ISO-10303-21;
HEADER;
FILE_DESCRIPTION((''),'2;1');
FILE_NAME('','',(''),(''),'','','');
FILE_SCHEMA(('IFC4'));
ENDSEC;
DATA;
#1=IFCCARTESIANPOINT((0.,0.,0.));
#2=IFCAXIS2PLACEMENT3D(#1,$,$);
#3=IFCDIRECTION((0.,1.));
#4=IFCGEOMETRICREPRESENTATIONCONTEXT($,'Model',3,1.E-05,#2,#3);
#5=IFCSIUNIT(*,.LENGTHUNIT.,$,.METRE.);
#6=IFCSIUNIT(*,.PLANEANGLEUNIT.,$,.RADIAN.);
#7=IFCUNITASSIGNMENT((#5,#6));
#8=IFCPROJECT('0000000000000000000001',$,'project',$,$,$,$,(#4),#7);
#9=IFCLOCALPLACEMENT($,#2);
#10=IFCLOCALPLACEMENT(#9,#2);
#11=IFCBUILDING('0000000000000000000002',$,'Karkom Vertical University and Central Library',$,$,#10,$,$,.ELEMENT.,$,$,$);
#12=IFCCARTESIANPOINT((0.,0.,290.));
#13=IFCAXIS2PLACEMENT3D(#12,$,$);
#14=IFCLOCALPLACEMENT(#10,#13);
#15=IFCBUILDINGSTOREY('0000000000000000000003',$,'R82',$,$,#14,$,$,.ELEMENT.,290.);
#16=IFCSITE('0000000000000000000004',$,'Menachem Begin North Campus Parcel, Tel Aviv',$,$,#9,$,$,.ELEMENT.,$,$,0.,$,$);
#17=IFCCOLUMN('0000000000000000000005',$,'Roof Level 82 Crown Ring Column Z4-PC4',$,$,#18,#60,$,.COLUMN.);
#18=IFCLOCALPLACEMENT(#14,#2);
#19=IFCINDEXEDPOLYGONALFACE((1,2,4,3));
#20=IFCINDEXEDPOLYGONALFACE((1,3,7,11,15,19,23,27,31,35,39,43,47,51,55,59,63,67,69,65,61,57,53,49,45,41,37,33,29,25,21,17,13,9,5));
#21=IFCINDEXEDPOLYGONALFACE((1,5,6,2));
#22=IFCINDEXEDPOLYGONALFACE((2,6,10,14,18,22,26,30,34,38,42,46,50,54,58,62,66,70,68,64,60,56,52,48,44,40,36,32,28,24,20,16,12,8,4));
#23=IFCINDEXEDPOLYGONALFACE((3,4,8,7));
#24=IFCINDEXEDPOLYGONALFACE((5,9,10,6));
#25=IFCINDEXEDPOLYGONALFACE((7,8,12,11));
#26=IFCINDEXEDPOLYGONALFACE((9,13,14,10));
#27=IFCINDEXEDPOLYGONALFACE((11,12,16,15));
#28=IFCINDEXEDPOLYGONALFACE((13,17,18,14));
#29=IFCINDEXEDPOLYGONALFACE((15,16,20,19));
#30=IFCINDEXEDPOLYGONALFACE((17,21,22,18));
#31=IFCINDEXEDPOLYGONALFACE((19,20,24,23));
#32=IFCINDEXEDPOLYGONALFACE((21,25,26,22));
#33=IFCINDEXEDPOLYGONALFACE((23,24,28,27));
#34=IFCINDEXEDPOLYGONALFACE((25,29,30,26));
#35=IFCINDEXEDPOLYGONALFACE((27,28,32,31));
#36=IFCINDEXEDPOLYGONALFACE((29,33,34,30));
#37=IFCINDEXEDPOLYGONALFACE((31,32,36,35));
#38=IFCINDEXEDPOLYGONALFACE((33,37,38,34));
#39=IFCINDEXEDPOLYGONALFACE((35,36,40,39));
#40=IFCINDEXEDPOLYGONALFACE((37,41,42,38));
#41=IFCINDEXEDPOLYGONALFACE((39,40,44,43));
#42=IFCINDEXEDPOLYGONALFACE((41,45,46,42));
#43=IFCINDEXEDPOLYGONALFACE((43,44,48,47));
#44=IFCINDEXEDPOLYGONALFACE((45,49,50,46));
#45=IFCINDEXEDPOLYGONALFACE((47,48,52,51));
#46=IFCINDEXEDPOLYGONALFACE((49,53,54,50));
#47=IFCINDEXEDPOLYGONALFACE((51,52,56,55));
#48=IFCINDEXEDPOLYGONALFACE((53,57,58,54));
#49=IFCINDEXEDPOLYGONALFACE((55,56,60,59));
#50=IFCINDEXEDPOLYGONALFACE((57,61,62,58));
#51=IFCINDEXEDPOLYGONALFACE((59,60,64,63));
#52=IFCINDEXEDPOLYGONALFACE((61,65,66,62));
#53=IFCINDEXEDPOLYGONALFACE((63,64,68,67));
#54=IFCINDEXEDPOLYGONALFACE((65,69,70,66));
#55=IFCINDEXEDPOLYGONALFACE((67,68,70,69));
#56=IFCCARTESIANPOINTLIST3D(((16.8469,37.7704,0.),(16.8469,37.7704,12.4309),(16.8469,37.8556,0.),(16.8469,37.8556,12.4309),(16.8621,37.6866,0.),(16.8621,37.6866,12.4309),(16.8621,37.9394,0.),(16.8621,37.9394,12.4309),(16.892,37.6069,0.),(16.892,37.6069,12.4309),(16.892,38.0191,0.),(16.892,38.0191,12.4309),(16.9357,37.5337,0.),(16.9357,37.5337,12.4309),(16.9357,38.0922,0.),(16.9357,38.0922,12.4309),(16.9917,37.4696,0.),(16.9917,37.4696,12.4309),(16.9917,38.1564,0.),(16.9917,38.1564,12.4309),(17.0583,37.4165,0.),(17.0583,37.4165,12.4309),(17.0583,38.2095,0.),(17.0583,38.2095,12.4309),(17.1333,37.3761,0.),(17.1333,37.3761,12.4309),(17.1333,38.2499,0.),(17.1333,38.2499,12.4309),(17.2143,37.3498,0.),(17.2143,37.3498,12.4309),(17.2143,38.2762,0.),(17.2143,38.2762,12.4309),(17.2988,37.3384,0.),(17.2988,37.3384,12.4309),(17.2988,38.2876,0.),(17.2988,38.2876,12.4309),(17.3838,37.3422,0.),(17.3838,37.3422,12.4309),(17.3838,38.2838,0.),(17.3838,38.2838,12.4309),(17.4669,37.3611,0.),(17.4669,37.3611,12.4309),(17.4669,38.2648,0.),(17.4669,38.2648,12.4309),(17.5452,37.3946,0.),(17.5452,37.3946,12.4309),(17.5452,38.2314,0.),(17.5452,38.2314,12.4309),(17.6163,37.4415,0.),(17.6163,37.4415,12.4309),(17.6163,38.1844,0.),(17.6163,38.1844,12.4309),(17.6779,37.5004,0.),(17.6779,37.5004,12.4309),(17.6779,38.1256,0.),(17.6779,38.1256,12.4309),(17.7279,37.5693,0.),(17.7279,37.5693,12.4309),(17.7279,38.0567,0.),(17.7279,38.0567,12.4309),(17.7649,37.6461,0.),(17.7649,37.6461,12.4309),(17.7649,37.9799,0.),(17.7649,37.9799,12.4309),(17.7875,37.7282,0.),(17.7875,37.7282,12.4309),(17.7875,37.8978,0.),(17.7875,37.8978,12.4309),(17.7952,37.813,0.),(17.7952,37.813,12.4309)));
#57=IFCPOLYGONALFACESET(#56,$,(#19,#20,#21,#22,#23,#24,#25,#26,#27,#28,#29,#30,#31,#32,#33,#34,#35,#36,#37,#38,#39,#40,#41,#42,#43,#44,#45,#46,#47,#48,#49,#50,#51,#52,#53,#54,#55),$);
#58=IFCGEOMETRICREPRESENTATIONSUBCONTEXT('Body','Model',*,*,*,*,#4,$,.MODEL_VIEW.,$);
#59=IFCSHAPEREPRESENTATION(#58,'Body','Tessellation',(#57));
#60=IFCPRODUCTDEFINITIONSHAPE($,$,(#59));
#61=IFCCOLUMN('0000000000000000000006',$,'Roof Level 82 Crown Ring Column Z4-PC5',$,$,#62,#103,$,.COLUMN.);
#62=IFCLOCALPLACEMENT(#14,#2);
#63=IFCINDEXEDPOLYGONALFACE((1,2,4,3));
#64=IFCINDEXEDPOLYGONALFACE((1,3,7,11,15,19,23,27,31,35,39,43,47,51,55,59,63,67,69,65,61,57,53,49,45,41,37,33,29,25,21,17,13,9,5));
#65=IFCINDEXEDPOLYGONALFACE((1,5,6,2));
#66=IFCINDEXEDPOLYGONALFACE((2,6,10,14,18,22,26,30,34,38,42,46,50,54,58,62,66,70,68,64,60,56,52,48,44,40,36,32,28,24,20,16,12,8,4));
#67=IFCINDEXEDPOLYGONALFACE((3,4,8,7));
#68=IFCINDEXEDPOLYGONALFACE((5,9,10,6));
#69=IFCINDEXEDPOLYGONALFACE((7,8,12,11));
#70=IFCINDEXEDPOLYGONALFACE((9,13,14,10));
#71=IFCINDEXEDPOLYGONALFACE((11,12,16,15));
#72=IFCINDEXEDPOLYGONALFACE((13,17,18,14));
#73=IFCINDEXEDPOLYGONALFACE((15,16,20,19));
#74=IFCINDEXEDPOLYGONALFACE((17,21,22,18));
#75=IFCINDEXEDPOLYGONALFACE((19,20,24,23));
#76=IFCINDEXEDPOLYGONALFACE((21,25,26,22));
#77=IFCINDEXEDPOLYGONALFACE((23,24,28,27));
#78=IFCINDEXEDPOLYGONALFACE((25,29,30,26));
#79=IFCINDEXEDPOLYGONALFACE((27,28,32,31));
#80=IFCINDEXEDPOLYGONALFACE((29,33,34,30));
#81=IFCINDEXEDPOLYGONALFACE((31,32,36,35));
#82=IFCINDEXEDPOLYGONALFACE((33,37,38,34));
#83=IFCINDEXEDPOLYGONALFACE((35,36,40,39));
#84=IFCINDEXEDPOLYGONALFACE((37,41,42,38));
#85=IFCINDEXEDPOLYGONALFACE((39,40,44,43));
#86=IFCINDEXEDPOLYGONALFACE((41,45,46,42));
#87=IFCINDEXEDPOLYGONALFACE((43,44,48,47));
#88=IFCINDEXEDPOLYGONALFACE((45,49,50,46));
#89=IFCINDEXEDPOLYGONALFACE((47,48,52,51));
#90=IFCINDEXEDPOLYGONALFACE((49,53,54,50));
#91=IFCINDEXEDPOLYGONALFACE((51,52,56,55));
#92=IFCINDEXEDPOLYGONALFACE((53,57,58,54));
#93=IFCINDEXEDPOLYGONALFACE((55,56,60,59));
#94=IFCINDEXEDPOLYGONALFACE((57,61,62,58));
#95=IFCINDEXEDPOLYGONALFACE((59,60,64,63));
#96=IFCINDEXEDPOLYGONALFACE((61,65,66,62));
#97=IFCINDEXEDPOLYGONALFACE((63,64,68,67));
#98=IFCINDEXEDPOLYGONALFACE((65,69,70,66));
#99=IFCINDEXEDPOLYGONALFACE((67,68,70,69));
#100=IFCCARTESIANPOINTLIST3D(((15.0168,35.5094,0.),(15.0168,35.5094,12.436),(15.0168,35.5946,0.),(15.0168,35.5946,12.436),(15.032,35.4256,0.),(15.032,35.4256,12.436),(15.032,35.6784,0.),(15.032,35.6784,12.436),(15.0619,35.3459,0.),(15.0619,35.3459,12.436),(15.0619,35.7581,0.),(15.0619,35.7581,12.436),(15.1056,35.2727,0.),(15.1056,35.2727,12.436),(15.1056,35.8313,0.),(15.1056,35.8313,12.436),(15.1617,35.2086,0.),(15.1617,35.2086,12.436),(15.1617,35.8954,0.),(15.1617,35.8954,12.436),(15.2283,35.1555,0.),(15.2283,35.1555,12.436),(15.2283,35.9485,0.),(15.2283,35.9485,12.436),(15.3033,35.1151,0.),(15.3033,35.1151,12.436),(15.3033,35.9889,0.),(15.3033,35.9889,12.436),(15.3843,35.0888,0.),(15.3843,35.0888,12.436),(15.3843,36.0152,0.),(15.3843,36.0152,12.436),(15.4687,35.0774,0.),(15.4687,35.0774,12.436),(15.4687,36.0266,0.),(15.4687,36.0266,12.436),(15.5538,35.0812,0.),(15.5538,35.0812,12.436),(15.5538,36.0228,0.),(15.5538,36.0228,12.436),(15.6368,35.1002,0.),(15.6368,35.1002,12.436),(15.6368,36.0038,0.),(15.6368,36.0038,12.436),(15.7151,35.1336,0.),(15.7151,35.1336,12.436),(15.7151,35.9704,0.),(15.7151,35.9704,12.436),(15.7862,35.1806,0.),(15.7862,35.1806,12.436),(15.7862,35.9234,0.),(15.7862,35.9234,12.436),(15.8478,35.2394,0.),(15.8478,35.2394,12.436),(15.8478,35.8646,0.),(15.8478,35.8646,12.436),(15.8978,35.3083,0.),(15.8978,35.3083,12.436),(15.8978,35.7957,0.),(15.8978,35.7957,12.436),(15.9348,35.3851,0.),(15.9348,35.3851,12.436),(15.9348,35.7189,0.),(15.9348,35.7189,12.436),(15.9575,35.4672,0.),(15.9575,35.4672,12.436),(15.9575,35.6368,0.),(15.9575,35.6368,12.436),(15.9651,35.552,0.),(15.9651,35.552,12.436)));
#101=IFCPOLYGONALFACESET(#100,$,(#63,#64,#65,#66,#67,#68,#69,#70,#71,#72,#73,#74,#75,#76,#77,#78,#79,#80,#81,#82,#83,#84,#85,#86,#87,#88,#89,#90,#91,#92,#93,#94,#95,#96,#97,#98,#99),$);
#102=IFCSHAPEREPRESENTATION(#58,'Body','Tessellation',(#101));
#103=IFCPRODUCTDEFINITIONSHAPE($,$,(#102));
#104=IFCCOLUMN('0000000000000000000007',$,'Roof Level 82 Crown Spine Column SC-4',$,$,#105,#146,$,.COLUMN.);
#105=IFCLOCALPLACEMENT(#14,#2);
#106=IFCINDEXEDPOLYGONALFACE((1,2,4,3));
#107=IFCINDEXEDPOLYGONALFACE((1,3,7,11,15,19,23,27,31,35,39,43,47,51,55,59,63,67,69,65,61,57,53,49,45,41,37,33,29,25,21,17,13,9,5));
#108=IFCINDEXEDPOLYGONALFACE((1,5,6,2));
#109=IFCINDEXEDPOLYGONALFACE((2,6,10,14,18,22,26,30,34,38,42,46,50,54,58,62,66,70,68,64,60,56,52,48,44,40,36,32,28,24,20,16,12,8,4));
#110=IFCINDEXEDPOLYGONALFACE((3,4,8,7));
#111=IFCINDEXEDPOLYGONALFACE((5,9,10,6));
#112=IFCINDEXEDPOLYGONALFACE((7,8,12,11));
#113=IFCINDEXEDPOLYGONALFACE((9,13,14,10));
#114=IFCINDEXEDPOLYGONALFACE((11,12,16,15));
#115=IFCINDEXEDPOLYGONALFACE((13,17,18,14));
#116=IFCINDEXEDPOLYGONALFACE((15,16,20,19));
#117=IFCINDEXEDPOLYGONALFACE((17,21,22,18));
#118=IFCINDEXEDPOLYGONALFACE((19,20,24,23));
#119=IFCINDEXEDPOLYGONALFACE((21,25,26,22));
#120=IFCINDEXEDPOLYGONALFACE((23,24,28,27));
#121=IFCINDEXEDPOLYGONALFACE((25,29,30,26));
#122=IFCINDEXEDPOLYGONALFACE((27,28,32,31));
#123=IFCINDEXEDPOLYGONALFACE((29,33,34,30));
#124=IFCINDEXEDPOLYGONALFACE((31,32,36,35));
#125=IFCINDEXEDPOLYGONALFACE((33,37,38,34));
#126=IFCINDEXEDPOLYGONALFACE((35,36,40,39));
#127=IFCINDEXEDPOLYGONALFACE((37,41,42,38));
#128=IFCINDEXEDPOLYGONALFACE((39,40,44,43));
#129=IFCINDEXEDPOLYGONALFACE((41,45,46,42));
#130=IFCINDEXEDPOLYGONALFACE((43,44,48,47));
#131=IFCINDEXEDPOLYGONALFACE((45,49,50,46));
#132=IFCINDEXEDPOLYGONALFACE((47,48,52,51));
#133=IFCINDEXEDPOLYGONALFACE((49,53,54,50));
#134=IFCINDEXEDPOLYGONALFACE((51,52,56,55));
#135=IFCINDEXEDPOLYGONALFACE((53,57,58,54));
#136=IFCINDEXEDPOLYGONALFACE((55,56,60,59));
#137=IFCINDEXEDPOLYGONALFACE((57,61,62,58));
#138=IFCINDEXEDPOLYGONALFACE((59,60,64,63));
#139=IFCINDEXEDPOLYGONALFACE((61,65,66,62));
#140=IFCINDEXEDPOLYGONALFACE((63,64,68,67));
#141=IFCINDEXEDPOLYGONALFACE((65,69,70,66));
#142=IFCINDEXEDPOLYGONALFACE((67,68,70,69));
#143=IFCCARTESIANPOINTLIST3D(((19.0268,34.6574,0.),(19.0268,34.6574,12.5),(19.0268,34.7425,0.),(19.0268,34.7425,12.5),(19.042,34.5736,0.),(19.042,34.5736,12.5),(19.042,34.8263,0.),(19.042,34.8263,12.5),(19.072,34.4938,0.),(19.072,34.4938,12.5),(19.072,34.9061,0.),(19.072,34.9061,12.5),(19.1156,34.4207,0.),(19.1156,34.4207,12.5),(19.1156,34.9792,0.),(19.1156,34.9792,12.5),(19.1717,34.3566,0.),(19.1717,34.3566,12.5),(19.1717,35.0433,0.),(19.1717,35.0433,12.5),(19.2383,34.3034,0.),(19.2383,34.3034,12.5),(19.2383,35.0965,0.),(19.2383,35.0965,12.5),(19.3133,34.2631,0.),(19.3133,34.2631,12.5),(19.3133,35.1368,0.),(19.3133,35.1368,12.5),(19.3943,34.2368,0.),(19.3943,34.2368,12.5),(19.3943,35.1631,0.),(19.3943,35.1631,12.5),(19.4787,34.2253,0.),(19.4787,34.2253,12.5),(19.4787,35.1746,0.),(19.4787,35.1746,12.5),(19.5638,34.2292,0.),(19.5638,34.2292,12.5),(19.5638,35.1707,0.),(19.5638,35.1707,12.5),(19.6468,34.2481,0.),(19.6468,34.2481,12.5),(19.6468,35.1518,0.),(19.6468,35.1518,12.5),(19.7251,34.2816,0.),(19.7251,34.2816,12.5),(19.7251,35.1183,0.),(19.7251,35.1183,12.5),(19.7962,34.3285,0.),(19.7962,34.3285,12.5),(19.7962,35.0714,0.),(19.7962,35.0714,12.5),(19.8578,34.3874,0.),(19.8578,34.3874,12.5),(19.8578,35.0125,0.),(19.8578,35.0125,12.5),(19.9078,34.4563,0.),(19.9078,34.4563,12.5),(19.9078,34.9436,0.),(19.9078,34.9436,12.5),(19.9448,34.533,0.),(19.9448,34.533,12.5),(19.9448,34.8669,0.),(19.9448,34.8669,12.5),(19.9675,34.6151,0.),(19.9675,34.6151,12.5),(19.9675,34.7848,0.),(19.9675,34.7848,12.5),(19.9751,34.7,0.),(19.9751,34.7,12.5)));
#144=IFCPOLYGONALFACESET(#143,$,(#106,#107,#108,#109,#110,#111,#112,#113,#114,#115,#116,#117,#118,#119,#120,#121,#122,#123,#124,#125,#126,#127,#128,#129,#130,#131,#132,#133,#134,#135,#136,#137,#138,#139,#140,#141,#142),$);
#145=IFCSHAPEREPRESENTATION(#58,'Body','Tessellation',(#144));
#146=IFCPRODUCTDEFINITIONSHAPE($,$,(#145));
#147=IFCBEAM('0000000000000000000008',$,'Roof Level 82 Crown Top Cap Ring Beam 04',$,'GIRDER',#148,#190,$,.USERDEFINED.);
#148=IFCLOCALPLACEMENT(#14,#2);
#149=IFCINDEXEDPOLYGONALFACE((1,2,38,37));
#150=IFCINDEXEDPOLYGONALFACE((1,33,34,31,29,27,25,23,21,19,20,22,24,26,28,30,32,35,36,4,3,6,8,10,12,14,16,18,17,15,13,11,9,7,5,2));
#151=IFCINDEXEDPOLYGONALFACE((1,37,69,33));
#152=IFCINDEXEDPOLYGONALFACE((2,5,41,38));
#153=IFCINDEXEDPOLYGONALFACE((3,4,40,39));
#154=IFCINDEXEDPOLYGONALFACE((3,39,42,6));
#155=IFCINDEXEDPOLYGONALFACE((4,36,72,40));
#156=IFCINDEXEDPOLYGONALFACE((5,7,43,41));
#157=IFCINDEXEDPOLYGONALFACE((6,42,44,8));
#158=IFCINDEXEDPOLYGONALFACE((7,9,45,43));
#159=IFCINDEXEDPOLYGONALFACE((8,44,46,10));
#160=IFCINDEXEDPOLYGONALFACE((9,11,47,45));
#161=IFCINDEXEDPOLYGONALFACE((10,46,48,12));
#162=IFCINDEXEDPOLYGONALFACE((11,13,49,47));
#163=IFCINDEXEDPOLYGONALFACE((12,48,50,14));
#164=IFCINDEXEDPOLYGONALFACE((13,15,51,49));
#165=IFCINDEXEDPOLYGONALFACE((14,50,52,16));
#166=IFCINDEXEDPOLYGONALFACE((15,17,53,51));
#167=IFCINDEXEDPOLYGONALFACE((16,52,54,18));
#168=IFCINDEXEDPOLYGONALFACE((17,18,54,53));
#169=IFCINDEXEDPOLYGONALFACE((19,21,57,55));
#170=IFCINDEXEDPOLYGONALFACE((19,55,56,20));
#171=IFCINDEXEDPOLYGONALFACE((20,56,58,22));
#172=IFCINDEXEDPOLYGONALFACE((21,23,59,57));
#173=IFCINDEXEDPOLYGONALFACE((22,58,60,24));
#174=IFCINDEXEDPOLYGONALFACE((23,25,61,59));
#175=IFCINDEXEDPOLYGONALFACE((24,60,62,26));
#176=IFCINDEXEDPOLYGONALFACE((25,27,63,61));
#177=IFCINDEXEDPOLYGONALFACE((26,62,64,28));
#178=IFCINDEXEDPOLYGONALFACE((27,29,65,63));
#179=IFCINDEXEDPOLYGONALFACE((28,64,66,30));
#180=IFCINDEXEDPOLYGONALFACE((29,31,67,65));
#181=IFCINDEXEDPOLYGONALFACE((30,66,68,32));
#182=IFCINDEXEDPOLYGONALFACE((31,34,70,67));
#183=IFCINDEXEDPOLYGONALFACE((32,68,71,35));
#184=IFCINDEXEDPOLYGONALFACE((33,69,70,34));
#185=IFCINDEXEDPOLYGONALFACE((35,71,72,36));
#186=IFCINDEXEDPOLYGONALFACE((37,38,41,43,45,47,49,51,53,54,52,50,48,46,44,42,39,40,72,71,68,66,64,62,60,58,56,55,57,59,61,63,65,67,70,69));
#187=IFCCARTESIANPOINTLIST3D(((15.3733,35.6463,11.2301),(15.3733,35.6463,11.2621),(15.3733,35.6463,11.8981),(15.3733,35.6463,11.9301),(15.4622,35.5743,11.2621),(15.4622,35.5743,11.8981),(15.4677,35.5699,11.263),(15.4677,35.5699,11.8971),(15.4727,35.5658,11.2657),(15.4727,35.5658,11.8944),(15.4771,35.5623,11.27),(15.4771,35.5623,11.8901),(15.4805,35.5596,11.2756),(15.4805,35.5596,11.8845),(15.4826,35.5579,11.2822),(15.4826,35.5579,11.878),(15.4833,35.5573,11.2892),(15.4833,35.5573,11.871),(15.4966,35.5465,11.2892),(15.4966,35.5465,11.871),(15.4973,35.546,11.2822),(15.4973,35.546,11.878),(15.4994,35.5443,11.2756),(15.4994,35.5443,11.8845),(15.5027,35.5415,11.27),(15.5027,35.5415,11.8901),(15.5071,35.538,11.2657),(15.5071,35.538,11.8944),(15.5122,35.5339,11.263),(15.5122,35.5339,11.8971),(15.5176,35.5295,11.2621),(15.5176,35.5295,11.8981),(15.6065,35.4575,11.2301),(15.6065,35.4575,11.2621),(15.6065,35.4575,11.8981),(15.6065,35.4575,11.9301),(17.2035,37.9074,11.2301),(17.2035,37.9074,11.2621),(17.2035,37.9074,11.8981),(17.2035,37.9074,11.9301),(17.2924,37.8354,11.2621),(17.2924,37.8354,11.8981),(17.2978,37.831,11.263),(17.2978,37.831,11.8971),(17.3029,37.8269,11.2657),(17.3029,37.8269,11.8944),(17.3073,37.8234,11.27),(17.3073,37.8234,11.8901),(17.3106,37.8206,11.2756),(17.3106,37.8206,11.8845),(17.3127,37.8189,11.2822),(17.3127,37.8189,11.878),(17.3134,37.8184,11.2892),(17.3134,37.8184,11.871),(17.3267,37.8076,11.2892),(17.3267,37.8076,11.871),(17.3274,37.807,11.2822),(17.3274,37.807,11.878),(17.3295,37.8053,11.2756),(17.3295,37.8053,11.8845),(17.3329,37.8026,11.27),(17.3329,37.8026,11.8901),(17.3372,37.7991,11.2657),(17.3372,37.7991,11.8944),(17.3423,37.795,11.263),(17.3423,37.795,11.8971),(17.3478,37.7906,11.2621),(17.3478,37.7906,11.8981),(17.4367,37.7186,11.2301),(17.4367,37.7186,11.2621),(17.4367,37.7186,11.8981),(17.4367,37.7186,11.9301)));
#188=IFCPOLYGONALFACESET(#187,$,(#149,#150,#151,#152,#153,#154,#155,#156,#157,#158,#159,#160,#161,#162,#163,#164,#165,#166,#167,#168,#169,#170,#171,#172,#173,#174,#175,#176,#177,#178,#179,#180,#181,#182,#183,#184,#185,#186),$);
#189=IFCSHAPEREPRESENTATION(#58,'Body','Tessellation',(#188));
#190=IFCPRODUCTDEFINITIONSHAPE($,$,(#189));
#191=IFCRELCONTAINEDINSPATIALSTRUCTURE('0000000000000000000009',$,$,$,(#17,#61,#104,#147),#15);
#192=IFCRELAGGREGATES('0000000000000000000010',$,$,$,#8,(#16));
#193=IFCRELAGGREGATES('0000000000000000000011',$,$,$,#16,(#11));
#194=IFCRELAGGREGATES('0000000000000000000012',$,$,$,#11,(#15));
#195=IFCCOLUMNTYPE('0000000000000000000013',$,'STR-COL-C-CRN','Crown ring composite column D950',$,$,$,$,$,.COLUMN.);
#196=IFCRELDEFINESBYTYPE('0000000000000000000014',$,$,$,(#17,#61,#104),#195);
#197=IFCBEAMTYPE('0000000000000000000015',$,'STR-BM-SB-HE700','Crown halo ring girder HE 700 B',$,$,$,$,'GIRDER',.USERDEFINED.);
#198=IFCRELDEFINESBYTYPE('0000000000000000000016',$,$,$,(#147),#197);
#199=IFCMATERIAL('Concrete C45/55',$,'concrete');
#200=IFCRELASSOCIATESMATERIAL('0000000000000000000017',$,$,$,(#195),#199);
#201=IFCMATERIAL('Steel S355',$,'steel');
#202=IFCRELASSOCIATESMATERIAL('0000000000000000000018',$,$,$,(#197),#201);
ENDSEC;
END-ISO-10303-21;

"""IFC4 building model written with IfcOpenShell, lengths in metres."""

from ifc_helpers import new_model, si_unit, direction, frame, origin, origin_with_axes, origin_2d, place, context, subcontext, project, spatial, circle, i_section, extrude, source, transform, mapped, material, material_profile, profile_set, type_object, element, save


model = new_model("IFC4")

# Units and contexts
model_context = context("Model", 3, precision=1e-05, world=origin(), true_north=direction((0.0, 1.0)))
body_context = subcontext(model_context, "Body", "Model", "MODEL_VIEW")
ifc_project = project(units=[si_unit("LENGTHUNIT", "METRE"), si_unit("PLANEANGLEUNIT", "RADIAN")], contexts=[model_context])

# Site, building, storey
site_placement = place(None, origin())
site = spatial("IfcSite", under=ifc_project, at=site_placement, Name="Menachem Begin North Campus Parcel, Tel Aviv", CompositionType="ELEMENT", RefElevation=0.0)
building_placement = place(site_placement, origin())
building = spatial("IfcBuilding", under=site, at=building_placement, Name="Karkom Vertical University and Central Library", CompositionType="ELEMENT")
storey_placement = place(building_placement, frame((0.0, 0.0, 290.0)))
storey = spatial("IfcBuildingStorey", under=building, at=storey_placement, Name="R82", CompositionType="ELEMENT", Elevation=290.0)

# Columns
ifc_material_1 = material(Name="Concrete C45/55", Category="concrete")
ifc_material_profile_1 = material_profile(ifc_material_1, circle(Radius=0.4751, at=origin_2d()), Name="CFT-D950")
ifc_profile_set_1 = profile_set([ifc_material_profile_1], Name="Concrete C45/55")
column_type = type_object("IfcColumnType", Name="STR-COL-C-CRN", Description="Crown ring composite column D950", PredefinedType="COLUMN", material=ifc_profile_set_1)
shared_shape_1 = source(origin_with_axes(), body_context, "Body", "SweptSolid", [
    extrude(circle(Radius=0.4751, at=origin_2d()), origin(), (0.0, 0.0, 1.0), 12.4309),
])
column_1_placement = place(storey_placement, frame((17.3201, 37.813, 0.0), z_axis=(0.0, 0.0, 1.0), x_axis=(1.0, 0.0, 0.0)))
element("IfcColumn", 1, at=column_1_placement, inside=storey, type_object=column_type, Name="Roof Level 82 Crown Ring Column Z4-PC4", PredefinedType="COLUMN", context=body_context, shape_type="MappedRepresentation", body=[
    mapped(shared_shape_1, transform((0.0, 0.0, 0.0), scale=1.0)),
])
shared_shape_2 = source(origin_with_axes(), body_context, "Body", "SweptSolid", [
    extrude(circle(Radius=0.4751, at=origin_2d()), origin(), (0.0, 0.0, 1.0), 12.436),
])
column_2_placement = place(storey_placement, frame((15.49, 35.552, 0.0), z_axis=(0.0, 0.0, 1.0), x_axis=(1.0, 0.0, 0.0)))
element("IfcColumn", 2, at=column_2_placement, inside=storey, type_object=column_type, Name="Roof Level 82 Crown Ring Column Z4-PC5", PredefinedType="COLUMN", context=body_context, shape_type="MappedRepresentation", body=[
    mapped(shared_shape_2, transform((0.0, 0.0, 0.0), scale=1.0)),
])
shared_shape_3 = source(origin_with_axes(), body_context, "Body", "SweptSolid", [
    extrude(circle(Radius=0.4751, at=origin_2d()), origin(), (0.0, 0.0, 1.0), 12.5),
])
column_3_placement = place(storey_placement, frame((19.5, 34.7, 0.0), z_axis=(0.0, 0.0, 1.0), x_axis=(1.0, 0.0, 0.0)))
element("IfcColumn", 3, at=column_3_placement, inside=storey, type_object=column_type, Name="Roof Level 82 Crown Spine Column SC-4", PredefinedType="COLUMN", context=body_context, shape_type="MappedRepresentation", body=[
    mapped(shared_shape_3, transform((0.0, 0.0, 0.0), scale=1.0)),
])

# Beam
ifc_material_2 = material(Name="Steel S355", Category="steel")
ifc_material_profile_2 = material_profile(ifc_material_2, i_section(OverallWidth=0.3, OverallDepth=0.7, WebThickness=0.0171, FlangeThickness=0.032, FilletRadius=0.0271, at=origin_2d()), Name="HE 700 B")
ifc_profile_set_2 = profile_set([ifc_material_profile_2], Name="Steel S355")
beam_type = type_object("IfcBeamType", Name="STR-BM-SB-HE700", Description="Crown halo ring girder HE 700 B", ElementType="GIRDER", PredefinedType="USERDEFINED", material=ifc_profile_set_2)
shared_shape_4 = source(origin_with_axes(), body_context, "Body", "SweptSolid", [
    extrude(i_section(OverallWidth=0.3, OverallDepth=0.7, WebThickness=0.0171, FlangeThickness=0.032, FilletRadius=0.0271, at=origin_2d()), origin(), (0.0, 0.0, 1.0), 2.9089),
])
beam_1_placement = place(storey_placement, frame((17.3201, 37.813, 11.5801), z_axis=(-0.629148, -0.777286, 0.0), x_axis=(0.777286, -0.629148, 0.0)))
element("IfcBeam", 4, at=beam_1_placement, inside=storey, type_object=beam_type, Name="Roof Level 82 Crown Top Cap Ring Beam 04", ObjectType="GIRDER", PredefinedType="USERDEFINED", context=body_context, shape_type="MappedRepresentation", body=[
    mapped(shared_shape_4, transform((0.0, 0.0, 0.0), scale=1.0)),
])

save(model, "model.ifc")
